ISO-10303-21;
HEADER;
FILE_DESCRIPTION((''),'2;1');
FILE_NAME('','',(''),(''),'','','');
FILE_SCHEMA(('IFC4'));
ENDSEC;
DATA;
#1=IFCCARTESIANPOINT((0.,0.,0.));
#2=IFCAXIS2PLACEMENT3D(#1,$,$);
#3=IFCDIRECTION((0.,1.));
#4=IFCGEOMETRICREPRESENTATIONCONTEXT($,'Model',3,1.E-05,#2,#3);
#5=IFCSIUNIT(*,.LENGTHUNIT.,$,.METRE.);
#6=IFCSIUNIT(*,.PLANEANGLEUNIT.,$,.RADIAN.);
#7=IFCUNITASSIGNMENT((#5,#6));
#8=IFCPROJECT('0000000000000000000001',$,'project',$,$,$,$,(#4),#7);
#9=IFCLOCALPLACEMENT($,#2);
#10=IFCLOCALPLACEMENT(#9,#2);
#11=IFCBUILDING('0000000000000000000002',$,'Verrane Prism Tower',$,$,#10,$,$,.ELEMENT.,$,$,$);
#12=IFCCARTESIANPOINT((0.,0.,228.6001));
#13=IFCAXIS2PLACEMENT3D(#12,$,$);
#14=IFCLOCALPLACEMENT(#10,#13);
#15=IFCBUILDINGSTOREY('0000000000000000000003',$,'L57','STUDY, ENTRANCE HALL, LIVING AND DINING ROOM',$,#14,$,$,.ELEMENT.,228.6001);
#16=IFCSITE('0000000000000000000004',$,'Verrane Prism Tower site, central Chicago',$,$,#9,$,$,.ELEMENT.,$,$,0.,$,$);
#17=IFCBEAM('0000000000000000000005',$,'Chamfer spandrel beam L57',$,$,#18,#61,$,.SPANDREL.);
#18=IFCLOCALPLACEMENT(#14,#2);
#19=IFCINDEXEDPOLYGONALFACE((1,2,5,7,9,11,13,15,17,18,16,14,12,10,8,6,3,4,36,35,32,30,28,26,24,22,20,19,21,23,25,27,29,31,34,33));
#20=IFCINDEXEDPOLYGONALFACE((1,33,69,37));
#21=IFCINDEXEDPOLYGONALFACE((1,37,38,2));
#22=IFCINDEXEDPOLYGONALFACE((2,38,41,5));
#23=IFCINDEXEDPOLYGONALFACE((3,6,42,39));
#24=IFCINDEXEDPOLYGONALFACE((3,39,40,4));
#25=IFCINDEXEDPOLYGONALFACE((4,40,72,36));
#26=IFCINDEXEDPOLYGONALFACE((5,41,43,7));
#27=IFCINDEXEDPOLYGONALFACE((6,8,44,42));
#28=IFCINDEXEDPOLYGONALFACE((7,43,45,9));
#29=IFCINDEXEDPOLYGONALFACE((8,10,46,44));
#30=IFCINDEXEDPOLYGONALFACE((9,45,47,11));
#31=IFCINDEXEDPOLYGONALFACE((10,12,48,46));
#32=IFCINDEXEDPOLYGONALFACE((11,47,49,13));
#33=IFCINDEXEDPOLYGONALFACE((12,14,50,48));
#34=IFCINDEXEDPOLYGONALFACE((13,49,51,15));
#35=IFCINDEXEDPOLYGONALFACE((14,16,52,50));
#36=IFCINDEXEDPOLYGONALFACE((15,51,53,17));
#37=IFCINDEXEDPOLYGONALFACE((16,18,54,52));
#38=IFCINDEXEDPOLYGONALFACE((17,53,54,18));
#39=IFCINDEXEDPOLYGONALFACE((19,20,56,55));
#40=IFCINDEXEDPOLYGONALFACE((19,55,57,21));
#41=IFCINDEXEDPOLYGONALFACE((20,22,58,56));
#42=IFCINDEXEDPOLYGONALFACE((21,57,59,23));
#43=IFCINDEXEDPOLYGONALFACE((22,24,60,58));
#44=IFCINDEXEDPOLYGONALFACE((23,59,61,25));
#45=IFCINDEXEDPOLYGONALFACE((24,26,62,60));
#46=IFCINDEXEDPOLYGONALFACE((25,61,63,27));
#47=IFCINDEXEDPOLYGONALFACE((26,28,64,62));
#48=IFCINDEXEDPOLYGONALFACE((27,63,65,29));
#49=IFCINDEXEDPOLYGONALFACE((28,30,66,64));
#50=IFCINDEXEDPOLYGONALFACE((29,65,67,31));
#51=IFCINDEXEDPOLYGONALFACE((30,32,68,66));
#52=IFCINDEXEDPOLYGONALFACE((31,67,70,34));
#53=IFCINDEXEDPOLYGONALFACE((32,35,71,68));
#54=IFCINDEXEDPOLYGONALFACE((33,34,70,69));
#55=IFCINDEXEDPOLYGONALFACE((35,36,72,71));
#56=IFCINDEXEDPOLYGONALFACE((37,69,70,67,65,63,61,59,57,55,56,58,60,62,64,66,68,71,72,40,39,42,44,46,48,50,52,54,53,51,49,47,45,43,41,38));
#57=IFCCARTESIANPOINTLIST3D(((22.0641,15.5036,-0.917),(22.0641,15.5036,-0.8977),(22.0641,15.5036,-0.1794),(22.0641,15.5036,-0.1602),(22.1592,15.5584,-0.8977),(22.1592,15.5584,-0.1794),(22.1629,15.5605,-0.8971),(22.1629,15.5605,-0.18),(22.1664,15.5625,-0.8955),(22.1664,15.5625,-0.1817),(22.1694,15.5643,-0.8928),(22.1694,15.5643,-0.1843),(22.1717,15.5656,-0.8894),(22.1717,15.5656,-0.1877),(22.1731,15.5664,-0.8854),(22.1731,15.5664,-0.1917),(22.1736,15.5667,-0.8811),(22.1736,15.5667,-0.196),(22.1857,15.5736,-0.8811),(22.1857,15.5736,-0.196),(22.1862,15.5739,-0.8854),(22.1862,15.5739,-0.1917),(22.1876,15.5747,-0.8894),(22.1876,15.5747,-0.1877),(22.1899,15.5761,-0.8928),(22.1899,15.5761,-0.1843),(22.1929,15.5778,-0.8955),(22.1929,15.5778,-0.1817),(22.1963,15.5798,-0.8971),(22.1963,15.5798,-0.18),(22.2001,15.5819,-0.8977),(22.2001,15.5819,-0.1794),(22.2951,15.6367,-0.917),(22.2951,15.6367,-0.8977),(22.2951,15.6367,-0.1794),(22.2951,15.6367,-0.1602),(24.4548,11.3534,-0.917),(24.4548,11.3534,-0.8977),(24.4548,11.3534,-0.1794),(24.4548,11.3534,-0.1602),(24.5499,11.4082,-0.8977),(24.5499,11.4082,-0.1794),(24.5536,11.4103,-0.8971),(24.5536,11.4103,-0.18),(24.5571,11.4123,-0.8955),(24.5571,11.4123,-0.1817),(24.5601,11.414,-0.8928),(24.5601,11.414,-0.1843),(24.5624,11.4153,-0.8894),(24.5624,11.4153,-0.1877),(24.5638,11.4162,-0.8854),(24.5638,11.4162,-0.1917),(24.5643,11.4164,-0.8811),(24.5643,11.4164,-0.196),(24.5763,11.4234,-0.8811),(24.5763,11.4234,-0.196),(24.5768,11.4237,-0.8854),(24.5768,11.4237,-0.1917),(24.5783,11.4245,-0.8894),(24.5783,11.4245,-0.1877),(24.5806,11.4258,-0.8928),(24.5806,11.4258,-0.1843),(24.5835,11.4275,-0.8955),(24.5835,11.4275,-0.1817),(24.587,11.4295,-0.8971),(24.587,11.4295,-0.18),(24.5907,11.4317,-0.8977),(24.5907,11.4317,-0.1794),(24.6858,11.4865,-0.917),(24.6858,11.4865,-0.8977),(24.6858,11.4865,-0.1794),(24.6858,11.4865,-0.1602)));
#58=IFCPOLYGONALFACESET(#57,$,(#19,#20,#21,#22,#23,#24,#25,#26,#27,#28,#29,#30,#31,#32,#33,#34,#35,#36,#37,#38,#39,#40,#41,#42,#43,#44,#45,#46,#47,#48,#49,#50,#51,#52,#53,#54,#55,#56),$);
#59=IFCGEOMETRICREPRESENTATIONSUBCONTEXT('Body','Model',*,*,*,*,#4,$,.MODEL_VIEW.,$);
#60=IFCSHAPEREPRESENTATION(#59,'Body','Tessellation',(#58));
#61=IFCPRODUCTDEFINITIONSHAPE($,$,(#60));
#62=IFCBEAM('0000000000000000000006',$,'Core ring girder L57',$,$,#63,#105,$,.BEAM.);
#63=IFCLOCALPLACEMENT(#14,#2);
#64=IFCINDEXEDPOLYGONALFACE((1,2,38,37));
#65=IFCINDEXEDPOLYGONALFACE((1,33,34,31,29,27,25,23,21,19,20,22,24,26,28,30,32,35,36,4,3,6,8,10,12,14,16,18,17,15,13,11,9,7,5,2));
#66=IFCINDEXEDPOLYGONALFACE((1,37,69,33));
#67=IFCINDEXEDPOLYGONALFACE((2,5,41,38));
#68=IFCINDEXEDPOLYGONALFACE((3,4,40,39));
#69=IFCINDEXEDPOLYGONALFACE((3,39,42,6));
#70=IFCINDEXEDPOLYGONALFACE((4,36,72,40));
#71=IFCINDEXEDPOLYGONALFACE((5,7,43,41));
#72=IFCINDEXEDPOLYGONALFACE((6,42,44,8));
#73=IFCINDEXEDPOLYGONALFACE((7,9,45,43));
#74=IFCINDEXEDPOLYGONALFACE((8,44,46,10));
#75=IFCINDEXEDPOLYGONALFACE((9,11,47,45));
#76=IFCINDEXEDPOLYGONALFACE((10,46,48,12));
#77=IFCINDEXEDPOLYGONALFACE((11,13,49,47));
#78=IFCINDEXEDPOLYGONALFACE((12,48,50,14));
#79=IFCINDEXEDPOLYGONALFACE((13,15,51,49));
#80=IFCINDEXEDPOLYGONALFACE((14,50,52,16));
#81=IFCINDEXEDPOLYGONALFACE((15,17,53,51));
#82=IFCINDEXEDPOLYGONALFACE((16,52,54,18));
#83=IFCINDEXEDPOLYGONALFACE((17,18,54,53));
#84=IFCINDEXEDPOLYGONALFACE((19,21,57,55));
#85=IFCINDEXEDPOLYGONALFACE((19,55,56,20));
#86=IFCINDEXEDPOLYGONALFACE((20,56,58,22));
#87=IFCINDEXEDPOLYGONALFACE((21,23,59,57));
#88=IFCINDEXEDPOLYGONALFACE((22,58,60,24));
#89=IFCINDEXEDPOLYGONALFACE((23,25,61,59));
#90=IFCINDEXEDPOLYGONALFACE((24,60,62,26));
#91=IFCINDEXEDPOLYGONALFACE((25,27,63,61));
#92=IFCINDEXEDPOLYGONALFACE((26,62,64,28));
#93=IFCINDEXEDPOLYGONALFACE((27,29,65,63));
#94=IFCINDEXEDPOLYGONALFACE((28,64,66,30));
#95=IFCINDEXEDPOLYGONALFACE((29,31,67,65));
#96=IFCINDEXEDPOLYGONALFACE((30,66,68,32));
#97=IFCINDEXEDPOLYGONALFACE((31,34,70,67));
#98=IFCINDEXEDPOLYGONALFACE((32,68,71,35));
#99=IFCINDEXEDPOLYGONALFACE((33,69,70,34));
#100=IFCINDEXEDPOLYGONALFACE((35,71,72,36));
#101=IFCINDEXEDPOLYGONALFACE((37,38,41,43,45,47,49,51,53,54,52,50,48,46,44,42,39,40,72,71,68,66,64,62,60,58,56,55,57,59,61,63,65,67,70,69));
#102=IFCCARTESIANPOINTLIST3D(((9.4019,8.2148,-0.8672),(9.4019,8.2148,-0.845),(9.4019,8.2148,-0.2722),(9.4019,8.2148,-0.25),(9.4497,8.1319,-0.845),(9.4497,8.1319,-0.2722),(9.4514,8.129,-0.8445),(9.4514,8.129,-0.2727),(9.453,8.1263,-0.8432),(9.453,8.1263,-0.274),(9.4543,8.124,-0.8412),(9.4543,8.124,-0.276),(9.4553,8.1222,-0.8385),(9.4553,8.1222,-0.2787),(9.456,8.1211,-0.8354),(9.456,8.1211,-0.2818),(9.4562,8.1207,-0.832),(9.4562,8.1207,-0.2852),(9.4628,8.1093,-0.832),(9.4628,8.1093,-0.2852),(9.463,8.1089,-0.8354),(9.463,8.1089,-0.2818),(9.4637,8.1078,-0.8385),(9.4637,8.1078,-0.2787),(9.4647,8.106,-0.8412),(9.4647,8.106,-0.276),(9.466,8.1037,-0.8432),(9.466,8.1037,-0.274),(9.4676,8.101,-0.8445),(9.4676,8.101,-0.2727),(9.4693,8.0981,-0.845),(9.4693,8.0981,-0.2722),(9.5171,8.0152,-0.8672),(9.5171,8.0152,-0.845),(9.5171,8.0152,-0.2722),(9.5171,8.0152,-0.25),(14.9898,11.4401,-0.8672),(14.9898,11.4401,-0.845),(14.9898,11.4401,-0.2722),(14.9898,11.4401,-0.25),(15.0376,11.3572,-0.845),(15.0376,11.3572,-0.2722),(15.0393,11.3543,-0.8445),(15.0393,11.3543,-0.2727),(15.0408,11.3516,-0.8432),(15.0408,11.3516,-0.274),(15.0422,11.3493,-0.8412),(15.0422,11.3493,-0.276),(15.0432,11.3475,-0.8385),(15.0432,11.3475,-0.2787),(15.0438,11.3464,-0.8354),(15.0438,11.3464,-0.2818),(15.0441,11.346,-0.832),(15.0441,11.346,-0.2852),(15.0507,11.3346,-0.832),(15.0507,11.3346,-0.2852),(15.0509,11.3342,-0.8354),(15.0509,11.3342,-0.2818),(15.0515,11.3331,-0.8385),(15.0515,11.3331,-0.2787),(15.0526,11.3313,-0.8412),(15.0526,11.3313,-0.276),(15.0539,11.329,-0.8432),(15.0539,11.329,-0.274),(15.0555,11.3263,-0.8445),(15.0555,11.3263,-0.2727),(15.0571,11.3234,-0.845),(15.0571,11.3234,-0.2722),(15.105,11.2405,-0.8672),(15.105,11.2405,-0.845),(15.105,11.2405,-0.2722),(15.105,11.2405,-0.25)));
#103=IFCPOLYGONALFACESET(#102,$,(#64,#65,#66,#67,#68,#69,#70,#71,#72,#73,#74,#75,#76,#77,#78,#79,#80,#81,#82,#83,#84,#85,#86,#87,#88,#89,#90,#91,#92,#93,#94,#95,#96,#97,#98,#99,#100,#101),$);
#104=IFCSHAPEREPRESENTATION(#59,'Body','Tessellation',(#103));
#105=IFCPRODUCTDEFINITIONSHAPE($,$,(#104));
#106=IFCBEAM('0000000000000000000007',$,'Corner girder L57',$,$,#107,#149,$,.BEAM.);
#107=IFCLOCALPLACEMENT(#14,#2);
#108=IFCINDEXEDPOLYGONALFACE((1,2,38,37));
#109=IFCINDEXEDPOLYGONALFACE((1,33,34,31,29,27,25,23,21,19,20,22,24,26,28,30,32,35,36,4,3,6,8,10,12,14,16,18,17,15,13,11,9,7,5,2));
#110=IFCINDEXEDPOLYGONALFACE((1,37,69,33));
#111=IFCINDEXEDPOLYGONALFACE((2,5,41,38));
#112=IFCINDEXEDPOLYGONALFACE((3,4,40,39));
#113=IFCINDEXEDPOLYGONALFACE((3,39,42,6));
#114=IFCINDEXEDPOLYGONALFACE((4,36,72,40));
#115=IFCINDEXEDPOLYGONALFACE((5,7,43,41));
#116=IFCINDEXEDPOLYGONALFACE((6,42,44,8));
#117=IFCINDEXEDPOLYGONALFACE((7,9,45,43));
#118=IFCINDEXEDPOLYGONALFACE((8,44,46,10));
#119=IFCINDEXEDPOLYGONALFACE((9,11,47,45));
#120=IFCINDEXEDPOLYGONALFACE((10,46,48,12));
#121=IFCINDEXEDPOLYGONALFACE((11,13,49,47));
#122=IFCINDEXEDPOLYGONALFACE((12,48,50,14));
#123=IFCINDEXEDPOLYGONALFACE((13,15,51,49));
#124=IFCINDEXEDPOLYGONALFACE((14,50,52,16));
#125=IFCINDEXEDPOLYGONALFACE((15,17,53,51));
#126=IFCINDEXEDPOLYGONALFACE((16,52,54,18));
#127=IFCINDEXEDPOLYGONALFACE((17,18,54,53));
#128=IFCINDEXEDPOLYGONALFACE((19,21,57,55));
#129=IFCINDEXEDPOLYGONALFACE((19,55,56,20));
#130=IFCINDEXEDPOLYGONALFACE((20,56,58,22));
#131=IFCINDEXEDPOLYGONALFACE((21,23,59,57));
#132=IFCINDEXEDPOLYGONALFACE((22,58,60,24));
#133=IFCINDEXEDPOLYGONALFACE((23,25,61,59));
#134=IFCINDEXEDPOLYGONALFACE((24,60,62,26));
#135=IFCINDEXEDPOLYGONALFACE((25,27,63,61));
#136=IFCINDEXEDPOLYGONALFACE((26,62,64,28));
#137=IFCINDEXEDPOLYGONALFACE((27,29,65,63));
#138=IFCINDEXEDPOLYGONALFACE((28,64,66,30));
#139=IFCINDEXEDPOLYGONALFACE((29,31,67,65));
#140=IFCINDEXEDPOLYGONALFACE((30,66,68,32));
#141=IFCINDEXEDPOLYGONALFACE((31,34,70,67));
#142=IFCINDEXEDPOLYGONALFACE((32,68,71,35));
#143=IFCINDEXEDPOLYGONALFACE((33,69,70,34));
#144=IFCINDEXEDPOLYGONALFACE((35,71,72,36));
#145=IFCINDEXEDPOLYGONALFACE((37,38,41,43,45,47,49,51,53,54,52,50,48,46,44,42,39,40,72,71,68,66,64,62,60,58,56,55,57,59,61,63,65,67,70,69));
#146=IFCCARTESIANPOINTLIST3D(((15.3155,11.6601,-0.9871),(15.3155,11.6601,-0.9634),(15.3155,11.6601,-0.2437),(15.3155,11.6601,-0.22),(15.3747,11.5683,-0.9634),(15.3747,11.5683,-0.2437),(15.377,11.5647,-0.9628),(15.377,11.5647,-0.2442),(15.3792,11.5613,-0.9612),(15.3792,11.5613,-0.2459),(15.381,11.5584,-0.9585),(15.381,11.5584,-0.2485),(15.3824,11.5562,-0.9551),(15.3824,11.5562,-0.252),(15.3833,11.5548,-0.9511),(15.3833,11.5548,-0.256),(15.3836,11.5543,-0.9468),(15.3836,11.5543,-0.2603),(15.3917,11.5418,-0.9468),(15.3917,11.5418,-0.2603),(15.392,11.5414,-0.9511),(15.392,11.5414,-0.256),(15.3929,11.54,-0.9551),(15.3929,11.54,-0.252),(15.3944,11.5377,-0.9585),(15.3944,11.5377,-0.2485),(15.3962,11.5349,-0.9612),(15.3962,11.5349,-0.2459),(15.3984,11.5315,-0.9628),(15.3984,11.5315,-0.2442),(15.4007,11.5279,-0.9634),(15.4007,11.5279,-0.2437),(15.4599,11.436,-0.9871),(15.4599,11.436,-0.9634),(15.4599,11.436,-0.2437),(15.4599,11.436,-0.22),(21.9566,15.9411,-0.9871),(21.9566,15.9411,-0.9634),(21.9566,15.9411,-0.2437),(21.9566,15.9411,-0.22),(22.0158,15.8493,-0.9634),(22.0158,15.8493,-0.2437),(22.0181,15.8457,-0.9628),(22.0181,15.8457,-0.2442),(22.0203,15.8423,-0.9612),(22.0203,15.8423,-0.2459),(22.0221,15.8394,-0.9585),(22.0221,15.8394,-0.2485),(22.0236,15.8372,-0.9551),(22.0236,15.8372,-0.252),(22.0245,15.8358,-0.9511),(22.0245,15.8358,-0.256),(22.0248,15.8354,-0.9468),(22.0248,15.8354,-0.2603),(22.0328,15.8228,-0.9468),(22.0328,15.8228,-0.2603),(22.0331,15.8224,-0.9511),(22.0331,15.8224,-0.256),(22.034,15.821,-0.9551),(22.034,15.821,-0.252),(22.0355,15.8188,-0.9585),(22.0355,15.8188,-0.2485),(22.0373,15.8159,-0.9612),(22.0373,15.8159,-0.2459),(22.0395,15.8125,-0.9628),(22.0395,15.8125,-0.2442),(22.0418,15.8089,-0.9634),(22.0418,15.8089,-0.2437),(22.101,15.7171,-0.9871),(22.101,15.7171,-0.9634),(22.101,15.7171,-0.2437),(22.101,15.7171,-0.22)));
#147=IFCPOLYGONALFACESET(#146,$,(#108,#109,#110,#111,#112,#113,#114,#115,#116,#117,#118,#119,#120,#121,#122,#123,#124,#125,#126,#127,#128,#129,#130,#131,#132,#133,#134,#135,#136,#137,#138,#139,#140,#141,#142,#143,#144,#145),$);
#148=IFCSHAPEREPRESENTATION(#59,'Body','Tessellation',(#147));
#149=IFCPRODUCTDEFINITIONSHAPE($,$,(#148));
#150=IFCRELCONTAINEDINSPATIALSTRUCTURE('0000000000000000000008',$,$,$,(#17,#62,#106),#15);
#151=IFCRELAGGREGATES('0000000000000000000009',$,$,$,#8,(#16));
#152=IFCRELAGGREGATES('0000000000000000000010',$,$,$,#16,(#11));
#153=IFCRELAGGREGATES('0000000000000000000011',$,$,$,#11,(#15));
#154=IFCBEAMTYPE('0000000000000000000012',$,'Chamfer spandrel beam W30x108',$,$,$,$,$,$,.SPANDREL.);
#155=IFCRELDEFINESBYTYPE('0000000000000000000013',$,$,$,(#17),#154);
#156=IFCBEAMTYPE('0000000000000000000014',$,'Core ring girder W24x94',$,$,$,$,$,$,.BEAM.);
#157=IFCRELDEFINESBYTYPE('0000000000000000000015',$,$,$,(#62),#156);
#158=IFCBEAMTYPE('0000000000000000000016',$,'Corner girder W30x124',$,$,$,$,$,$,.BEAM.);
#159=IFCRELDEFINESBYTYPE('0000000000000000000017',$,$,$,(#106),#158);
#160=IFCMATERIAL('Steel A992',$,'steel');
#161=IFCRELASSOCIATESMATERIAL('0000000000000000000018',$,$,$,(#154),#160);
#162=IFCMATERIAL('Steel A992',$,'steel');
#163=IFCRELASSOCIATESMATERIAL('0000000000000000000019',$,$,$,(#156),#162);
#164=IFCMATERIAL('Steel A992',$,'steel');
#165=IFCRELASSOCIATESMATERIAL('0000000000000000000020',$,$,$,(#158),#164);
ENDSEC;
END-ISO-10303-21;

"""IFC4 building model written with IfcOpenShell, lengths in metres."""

from ifc_helpers import new_model, si_unit, direction, frame, origin, origin_2d, place, context, subcontext, project, spatial, i_section, extrude, material, material_profile, profile_set, type_object, element, save


model = new_model("IFC4")

# Units and contexts
model_context = context("Model", 3, precision=1e-05, world=origin(), true_north=direction((0.0, 1.0)))
body_context = subcontext(model_context, "Body", "Model", "MODEL_VIEW")
ifc_project = project(units=[si_unit("LENGTHUNIT", "METRE"), si_unit("PLANEANGLEUNIT", "RADIAN")], contexts=[model_context])

# Site, building, storey
site_placement = place(None, origin())
site = spatial("IfcSite", under=ifc_project, at=site_placement, Name="Verrane Prism Tower site, central Chicago", CompositionType="ELEMENT", RefElevation=0.0)
building_placement = place(site_placement, origin())
building = spatial("IfcBuilding", under=site, at=building_placement, Name="Verrane Prism Tower", CompositionType="ELEMENT")
storey_placement = place(building_placement, frame((0.0, 0.0, 228.6001)))
storey = spatial("IfcBuildingStorey", under=building, at=storey_placement, Name="L57", Description="STUDY, ENTRANCE HALL, LIVING AND DINING ROOM", CompositionType="ELEMENT", Elevation=228.6001)

# Beams
ifc_material_1 = material(Name="Steel A992", Category="steel")
ifc_material_profile_1 = material_profile(ifc_material_1, i_section(OverallWidth=0.2666, OverallDepth=0.7568, WebThickness=0.0139, FlangeThickness=0.0193, FilletRadius=0.0166, at=origin_2d()), Name="W30x108")
ifc_profile_set_1 = profile_set([ifc_material_profile_1], Name="Steel A992")
beam_type_1 = type_object("IfcBeamType", Name="Chamfer spandrel beam W30x108", PredefinedType="SPANDREL", material=ifc_profile_set_1)
beam_1_placement = place(storey_placement, frame((24.5703, 11.4199, -0.5386), z_axis=(-0.499144, 0.866519, 0.0), x_axis=(-0.866519, -0.499144, 0.0)))
element("IfcBeam", 1, at=beam_1_placement, inside=storey, type_object=beam_type_1, Name="Chamfer spandrel beam L57", PredefinedType="SPANDREL", context=body_context, shape_type="SweptSolid", body=[
    extrude(i_section(OverallWidth=0.2666, OverallDepth=0.7568, WebThickness=0.0139, FlangeThickness=0.0193, FilletRadius=0.0166, at=origin_2d()), origin(), (0.0, 0.0, 1.0), 4.7896),
])
ifc_material_2 = material(Name="Steel A992", Category="steel")
ifc_material_profile_2 = material_profile(ifc_material_2, i_section(OverallWidth=0.2305, OverallDepth=0.6172, WebThickness=0.0132, FlangeThickness=0.0222, FilletRadius=0.0129, at=origin_2d()), Name="W24x94")
ifc_profile_set_2 = profile_set([ifc_material_profile_2], Name="Steel A992")
beam_type_2 = type_object("IfcBeamType", Name="Core ring girder W24x94", PredefinedType="BEAM", material=ifc_profile_set_2)
beam_2_placement = place(storey_placement, frame((15.0474, 11.3403, -0.5586), z_axis=(-0.866081, -0.499904, 0.0), x_axis=(0.499904, -0.866081, 0.0)))
element("IfcBeam", 2, at=beam_2_placement, inside=storey, type_object=beam_type_2, Name="Core ring girder L57", PredefinedType="BEAM", context=body_context, shape_type="SweptSolid", body=[
    extrude(i_section(OverallWidth=0.2305, OverallDepth=0.6172, WebThickness=0.0132, FlangeThickness=0.0222, FilletRadius=0.0129, at=origin_2d()), origin(), (0.0, 0.0, 1.0), 6.4519),
])
ifc_material_3 = material(Name="Steel A992", Category="steel")
ifc_material_profile_3 = material_profile(ifc_material_3, i_section(OverallWidth=0.2666, OverallDepth=0.7671, WebThickness=0.0149, FlangeThickness=0.0237, FilletRadius=0.0166, at=origin_2d()), Name="W30x124")
ifc_profile_set_3 = profile_set([ifc_material_profile_3], Name="Steel A992")
beam_type_3 = type_object("IfcBeamType", Name="Corner girder W30x124", PredefinedType="BEAM", material=ifc_profile_set_3)
beam_3_placement = place(storey_placement, frame((22.0288, 15.8291, -0.6035), z_axis=(-0.840503, -0.541807, 0.0), x_axis=(0.541807, -0.840503, 0.0)))
element("IfcBeam", 3, at=beam_3_placement, inside=storey, type_object=beam_type_3, Name="Corner girder L57", PredefinedType="BEAM", context=body_context, shape_type="SweptSolid", body=[
    extrude(i_section(OverallWidth=0.2666, OverallDepth=0.7671, WebThickness=0.0149, FlangeThickness=0.0237, FilletRadius=0.0166, at=origin_2d()), origin(), (0.0, 0.0, 1.0), 7.9014),
])

save(model, "model.ifc")
